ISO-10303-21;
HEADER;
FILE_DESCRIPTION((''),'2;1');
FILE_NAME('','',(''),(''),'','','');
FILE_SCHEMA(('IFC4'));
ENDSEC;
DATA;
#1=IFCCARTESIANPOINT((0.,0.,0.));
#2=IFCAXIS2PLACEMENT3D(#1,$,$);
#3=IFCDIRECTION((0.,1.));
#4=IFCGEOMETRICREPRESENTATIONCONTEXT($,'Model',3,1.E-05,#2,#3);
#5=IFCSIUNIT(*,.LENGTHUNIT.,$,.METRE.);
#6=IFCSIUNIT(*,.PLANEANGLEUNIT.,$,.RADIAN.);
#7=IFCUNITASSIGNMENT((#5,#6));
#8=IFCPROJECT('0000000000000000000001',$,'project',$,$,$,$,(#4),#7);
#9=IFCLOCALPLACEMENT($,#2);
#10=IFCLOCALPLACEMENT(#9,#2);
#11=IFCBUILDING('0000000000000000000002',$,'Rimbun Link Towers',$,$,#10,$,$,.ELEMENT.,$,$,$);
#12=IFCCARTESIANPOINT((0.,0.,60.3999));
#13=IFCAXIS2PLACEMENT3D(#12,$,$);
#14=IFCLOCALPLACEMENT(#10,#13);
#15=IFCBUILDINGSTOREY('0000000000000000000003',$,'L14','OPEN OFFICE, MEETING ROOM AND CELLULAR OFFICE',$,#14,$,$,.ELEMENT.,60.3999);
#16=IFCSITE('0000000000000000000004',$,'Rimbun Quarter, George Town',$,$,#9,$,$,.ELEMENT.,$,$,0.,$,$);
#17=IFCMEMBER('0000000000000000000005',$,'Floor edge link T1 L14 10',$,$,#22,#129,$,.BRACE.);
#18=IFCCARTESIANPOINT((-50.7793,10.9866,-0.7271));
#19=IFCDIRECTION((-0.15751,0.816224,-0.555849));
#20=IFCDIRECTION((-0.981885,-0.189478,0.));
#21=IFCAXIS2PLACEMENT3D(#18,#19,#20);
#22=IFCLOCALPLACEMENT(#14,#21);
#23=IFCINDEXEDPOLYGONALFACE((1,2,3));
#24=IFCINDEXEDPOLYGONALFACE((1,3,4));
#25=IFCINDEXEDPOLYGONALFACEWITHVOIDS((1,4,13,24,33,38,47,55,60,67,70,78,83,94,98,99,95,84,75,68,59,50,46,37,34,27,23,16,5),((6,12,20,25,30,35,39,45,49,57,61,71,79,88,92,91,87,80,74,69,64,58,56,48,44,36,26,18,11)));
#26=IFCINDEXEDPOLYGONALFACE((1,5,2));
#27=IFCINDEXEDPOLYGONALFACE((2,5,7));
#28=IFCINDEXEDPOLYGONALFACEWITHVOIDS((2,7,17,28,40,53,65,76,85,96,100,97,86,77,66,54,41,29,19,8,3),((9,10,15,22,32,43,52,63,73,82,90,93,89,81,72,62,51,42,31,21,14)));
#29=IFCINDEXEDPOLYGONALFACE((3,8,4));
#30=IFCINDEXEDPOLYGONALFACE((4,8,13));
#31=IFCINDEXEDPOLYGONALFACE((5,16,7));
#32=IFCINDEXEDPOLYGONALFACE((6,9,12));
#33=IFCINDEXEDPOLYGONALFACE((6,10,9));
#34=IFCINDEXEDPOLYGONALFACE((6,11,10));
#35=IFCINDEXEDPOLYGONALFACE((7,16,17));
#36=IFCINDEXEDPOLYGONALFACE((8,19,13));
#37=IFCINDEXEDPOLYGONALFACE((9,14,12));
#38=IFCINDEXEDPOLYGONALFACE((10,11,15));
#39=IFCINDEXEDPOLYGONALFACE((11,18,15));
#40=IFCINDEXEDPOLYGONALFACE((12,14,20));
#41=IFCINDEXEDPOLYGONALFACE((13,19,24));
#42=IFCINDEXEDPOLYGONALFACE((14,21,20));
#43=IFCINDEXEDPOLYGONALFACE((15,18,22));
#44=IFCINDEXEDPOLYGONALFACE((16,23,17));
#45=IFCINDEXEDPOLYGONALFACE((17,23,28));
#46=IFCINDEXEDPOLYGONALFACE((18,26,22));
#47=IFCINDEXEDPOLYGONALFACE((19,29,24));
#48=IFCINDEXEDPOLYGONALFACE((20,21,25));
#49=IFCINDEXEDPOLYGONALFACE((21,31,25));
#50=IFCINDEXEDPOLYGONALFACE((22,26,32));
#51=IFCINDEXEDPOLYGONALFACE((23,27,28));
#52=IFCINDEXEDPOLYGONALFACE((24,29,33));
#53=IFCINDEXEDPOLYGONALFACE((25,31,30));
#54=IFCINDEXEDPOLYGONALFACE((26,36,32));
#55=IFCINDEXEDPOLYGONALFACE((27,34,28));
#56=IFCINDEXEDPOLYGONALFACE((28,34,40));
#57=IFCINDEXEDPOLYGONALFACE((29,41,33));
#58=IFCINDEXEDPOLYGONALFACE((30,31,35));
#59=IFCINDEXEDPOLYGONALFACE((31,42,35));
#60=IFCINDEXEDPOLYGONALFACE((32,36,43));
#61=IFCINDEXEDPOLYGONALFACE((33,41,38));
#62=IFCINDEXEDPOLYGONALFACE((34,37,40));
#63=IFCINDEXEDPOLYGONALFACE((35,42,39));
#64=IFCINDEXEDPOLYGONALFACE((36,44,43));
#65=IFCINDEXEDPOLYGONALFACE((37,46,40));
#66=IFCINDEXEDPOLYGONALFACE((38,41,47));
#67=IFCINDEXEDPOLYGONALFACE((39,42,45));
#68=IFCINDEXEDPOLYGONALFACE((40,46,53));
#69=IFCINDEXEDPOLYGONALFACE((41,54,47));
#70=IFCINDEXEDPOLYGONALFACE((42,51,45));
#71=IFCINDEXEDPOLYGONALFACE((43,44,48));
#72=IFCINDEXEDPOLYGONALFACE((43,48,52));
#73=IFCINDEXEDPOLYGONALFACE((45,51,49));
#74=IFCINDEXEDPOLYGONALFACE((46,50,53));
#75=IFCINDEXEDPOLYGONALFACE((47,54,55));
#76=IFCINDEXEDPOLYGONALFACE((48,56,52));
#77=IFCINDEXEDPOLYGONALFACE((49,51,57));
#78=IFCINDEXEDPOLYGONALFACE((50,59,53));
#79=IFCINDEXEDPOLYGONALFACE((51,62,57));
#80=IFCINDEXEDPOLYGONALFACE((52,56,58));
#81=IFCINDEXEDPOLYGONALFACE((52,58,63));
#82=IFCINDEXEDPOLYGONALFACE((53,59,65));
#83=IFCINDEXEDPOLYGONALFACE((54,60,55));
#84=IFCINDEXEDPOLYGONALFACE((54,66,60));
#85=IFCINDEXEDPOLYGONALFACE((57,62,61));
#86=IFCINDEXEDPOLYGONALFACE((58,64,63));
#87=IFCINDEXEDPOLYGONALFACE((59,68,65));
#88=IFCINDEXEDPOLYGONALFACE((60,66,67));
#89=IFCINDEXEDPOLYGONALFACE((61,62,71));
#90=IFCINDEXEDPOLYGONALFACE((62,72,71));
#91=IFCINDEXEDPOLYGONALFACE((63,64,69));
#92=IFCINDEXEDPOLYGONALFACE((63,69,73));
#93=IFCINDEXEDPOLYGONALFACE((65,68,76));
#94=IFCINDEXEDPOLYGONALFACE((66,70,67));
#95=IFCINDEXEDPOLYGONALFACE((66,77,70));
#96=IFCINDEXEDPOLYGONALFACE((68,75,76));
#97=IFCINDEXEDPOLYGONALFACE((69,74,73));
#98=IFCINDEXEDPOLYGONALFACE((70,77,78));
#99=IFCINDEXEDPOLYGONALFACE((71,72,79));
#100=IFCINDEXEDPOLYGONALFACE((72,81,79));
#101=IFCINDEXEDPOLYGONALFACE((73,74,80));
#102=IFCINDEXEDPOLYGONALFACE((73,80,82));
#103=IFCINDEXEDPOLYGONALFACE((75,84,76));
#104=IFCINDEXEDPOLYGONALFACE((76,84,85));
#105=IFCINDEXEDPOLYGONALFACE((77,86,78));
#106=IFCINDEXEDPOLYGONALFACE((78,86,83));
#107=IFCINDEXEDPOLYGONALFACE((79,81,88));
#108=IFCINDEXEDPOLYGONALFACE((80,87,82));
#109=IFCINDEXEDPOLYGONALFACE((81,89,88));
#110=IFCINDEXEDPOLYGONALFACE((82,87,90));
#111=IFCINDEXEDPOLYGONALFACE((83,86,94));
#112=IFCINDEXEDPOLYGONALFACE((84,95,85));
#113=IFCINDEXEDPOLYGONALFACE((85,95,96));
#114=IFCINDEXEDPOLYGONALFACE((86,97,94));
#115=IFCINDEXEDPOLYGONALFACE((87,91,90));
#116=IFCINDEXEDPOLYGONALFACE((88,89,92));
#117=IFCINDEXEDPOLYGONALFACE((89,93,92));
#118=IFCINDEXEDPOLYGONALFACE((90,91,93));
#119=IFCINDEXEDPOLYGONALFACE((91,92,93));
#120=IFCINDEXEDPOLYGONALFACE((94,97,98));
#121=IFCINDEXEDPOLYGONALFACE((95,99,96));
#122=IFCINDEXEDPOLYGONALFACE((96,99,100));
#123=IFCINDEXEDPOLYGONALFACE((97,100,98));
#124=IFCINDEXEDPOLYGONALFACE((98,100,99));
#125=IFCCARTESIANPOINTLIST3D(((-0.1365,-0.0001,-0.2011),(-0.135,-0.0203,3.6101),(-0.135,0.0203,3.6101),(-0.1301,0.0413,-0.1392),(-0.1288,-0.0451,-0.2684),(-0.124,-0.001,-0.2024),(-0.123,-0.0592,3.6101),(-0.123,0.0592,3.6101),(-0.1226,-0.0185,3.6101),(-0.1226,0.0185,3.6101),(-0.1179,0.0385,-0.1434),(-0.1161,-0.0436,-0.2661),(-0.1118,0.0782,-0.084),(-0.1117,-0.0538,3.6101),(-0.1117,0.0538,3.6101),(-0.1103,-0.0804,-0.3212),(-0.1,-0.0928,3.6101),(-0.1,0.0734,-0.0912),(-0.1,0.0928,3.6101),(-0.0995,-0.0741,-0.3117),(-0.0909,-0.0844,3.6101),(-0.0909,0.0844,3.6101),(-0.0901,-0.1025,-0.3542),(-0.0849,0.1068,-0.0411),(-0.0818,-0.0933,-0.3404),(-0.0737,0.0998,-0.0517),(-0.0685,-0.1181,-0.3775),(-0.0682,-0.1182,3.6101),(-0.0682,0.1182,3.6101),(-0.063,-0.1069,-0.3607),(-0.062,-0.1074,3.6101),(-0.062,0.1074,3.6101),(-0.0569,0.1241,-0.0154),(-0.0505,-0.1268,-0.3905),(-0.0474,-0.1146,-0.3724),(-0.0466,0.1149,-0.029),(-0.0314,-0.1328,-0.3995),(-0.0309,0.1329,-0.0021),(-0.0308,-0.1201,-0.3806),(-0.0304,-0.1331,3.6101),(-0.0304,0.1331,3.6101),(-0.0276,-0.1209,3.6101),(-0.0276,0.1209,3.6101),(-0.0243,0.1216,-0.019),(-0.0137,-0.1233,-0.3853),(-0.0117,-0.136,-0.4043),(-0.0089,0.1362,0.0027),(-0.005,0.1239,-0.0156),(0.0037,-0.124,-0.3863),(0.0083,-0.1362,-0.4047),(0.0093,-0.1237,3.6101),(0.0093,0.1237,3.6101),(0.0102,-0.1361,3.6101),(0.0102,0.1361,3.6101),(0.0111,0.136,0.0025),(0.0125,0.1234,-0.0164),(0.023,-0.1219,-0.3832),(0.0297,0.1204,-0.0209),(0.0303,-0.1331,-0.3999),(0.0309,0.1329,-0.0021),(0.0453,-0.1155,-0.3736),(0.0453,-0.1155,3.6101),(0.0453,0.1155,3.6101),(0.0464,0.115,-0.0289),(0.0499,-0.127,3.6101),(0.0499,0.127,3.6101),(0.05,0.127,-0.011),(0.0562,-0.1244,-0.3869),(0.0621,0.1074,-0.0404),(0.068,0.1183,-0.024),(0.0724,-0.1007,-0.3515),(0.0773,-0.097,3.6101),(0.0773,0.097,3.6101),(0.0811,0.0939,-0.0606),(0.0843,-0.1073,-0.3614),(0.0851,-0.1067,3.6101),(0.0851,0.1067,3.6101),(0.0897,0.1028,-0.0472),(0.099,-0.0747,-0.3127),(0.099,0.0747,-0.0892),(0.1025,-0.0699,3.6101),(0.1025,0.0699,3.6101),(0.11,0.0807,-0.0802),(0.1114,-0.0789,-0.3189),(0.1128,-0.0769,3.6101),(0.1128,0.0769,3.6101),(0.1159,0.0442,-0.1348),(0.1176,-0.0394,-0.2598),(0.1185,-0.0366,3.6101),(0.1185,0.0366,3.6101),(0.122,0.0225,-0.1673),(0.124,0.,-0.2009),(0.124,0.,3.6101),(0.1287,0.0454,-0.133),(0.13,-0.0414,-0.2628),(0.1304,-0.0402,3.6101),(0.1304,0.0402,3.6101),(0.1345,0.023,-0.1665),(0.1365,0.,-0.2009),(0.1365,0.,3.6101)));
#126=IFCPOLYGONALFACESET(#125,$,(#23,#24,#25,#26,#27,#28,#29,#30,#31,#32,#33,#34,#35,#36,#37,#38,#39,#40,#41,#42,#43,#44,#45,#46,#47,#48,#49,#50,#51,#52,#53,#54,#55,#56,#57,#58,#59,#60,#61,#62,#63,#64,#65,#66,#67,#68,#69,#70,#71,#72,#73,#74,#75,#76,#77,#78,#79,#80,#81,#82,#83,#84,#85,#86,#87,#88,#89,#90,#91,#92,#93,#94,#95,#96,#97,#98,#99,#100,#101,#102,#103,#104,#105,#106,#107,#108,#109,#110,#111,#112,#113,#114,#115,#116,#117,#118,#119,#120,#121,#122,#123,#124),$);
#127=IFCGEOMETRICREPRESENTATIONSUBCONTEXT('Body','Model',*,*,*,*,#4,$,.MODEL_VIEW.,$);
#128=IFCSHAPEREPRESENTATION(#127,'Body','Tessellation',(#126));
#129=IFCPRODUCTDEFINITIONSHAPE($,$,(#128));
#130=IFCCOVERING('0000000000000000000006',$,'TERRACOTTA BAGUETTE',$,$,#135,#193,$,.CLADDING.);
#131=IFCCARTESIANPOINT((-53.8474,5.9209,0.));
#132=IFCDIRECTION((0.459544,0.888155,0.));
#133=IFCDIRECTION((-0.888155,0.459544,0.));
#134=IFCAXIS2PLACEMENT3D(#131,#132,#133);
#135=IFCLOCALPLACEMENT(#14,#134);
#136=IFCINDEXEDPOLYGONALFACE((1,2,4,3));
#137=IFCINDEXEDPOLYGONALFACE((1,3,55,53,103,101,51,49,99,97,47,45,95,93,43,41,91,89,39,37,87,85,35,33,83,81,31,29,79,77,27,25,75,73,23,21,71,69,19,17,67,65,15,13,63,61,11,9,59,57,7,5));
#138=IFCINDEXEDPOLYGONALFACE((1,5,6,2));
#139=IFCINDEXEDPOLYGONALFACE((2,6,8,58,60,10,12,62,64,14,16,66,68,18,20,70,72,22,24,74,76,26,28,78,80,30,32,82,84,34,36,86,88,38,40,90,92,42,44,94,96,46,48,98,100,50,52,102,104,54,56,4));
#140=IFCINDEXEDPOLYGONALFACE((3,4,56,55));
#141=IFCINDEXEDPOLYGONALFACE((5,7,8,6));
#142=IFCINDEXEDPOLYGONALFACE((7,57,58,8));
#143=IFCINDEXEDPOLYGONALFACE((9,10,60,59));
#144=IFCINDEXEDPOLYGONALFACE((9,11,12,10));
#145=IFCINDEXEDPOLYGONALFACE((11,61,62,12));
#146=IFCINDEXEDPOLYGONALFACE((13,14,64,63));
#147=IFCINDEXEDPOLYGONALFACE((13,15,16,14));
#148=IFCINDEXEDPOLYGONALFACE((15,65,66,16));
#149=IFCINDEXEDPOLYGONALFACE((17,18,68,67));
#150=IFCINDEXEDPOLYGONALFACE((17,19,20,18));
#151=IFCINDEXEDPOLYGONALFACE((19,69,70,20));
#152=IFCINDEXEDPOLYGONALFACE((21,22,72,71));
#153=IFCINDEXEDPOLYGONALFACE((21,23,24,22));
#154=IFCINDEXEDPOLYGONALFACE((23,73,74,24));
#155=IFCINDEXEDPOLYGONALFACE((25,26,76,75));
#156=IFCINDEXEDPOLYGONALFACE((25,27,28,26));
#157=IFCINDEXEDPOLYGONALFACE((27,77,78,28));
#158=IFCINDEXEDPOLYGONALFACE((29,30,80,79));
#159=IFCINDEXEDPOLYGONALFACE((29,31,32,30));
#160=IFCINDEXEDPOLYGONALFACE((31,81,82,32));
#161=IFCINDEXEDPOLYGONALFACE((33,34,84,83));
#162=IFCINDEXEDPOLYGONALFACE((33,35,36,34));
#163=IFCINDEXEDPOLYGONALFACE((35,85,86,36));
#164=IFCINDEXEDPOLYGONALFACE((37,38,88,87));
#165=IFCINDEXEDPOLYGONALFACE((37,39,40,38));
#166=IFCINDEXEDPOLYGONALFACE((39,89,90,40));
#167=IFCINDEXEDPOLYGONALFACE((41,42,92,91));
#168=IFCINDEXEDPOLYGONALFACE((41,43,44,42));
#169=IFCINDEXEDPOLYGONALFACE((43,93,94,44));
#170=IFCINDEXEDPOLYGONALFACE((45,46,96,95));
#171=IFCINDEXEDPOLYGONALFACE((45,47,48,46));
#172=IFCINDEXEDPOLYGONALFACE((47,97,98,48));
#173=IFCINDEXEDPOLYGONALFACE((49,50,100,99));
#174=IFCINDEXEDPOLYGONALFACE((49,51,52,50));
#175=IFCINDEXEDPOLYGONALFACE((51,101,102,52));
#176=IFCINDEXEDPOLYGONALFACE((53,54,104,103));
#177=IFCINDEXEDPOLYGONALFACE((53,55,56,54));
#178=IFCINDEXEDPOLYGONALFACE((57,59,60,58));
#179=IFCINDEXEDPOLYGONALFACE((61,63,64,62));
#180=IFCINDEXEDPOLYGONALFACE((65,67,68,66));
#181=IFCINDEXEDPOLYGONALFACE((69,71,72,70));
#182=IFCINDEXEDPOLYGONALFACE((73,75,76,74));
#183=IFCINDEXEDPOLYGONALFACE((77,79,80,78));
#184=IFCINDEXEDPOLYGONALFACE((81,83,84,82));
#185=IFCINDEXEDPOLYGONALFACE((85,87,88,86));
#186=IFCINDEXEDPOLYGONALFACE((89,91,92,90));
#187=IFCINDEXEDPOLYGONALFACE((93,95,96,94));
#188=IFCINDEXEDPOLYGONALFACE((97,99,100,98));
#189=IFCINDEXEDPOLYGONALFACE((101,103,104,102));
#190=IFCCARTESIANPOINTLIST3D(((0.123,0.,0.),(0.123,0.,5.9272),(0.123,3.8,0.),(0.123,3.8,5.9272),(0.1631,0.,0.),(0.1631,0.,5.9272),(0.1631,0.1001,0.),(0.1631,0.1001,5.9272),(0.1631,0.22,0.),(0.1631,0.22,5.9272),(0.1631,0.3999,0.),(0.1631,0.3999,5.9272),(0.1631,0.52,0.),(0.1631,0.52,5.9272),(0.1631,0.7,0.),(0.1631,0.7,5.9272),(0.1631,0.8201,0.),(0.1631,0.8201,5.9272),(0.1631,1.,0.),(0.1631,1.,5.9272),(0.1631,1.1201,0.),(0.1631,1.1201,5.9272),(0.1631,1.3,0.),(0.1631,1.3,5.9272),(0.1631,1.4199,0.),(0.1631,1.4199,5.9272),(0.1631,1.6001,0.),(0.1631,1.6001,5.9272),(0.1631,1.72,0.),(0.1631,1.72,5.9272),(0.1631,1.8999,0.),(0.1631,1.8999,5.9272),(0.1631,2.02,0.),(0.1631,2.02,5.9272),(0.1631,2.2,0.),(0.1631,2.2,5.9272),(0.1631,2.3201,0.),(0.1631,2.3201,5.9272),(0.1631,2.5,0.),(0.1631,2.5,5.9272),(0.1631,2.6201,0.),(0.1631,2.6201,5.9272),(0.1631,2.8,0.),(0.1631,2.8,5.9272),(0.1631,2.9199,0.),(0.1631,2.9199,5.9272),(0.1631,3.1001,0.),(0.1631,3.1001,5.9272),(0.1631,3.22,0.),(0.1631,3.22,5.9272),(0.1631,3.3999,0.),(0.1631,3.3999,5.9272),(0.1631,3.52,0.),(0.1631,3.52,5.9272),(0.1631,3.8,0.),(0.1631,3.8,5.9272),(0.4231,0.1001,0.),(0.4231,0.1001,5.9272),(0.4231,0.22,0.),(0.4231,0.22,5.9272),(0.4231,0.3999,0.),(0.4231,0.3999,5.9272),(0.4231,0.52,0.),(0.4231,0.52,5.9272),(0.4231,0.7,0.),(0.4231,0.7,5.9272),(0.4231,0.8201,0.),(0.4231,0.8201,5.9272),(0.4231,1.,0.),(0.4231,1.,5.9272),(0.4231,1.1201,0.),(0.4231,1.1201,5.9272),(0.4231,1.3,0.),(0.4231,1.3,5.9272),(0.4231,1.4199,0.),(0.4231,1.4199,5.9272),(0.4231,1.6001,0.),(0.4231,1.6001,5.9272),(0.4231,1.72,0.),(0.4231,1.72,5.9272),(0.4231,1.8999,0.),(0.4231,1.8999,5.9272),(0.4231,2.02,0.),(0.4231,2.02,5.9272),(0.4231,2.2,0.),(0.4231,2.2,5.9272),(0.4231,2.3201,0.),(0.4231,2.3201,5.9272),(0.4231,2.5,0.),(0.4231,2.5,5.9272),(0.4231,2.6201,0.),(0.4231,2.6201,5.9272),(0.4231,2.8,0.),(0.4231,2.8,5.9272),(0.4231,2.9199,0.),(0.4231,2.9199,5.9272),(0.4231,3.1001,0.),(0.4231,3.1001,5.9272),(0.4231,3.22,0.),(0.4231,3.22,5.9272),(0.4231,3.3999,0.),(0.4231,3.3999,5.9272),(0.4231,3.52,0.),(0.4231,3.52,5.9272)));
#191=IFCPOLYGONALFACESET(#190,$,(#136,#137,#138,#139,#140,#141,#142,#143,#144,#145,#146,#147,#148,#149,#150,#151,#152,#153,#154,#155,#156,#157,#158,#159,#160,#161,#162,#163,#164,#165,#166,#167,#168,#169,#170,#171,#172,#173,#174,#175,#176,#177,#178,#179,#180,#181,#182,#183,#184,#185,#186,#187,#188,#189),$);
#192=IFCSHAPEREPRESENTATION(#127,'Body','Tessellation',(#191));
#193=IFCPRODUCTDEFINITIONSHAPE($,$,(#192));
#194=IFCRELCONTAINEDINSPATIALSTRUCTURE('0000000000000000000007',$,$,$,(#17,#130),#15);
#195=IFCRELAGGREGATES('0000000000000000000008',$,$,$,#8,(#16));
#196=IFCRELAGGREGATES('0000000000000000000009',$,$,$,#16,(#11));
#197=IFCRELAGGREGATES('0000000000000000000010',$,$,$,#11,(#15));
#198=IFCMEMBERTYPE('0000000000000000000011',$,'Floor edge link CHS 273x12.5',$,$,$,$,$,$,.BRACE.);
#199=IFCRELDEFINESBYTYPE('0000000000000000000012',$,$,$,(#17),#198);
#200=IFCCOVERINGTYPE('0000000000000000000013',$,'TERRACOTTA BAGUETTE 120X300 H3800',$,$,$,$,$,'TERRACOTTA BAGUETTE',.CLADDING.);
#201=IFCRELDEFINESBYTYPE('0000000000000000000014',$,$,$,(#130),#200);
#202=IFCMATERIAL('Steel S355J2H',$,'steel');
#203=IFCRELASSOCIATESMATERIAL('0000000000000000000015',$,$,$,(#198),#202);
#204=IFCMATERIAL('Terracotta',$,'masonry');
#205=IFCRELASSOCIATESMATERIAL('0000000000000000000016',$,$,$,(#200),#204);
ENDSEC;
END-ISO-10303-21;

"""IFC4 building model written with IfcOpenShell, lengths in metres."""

from ifc_helpers import new_model, si_unit, direction, frame, origin, origin_2d, place, context, subcontext, project, spatial, polyline, hollow_circle, outline, extrude, clip, halfspace, material, material_profile, profile_set, type_object, element, save


model = new_model("IFC4")

# Units and contexts
model_context = context("Model", 3, precision=1e-05, world=origin(), true_north=direction((0.0, 1.0)))
body_context = subcontext(model_context, "Body", "Model", "MODEL_VIEW")
ifc_project = project(units=[si_unit("LENGTHUNIT", "METRE"), si_unit("PLANEANGLEUNIT", "RADIAN")], contexts=[model_context])

# Site, building, storey
site_placement = place(None, origin())
site = spatial("IfcSite", under=ifc_project, at=site_placement, Name="Rimbun Quarter, George Town", CompositionType="ELEMENT", RefElevation=0.0)
building_placement = place(site_placement, origin())
building = spatial("IfcBuilding", under=site, at=building_placement, Name="Rimbun Link Towers", CompositionType="ELEMENT")
storey_placement = place(building_placement, frame((0.0, 0.0, 60.3999)))
storey = spatial("IfcBuildingStorey", under=building, at=storey_placement, Name="L14", Description="OPEN OFFICE, MEETING ROOM AND CELLULAR OFFICE", CompositionType="ELEMENT", Elevation=60.3999)

# Member
ifc_material_1 = material(Name="Steel S355J2H", Category="steel")
ifc_material_profile_1 = material_profile(ifc_material_1, hollow_circle(Radius=0.1365, WallThickness=0.0125, at=origin_2d()), Name="CHS 273x12.5")
ifc_profile_set_1 = profile_set([ifc_material_profile_1], Name="Steel S355J2H")
member_type_1 = type_object("IfcMemberType", Name="Floor edge link CHS 273x12.5", PredefinedType="BRACE", material=ifc_profile_set_1)
member_1_placement = place(storey_placement, frame((-50.7793, 10.9866, -0.7271), z_axis=(-0.15751, 0.816224, -0.555849), x_axis=(-0.981885, -0.189478, 0.0)))
element("IfcMember", 1, at=member_1_placement, inside=storey, type_object=member_type_1, Name="Floor edge link T1 L14 10", PredefinedType="BRACE", context=body_context, shape_type="Clipping", body=[
    clip(extrude(hollow_circle(Radius=0.1365, WallThickness=0.0125, at=origin_2d()), frame((0.0, 0.0, -0.4263)), (0.0, 0.0, 1.0), 4.0364), halfspace(frame((0.0, 0.0, -0.2009), z_axis=(0.0, 0.831283, -0.555849)), False)),
])

# Covering
ifc_material_2 = material(Name="Terracotta", Category="masonry")
ifc_material_profile_2 = material_profile(ifc_material_2, outline(polyline([(0.123, 0.0), (0.1631, 0.0), (0.1631, 0.1001), (0.4231, 0.1001), (0.4231, 0.22), (0.1631, 0.22), (0.1631, 0.3999), (0.4231, 0.3999), (0.4231, 0.52), (0.1631, 0.52), (0.1631, 0.7), (0.4231, 0.7), (0.4231, 0.8201), (0.1631, 0.8201), (0.1631, 1.0), (0.4231, 1.0), (0.4231, 1.1201), (0.1631, 1.1201), (0.1631, 1.3), (0.4231, 1.3), (0.4231, 1.4199), (0.1631, 1.4199), (0.1631, 1.6001), (0.4231, 1.6001), (0.4231, 1.72), (0.1631, 1.72), (0.1631, 1.8999), (0.4231, 1.8999), (0.4231, 2.02), (0.1631, 2.02), (0.1631, 2.2), (0.4231, 2.2), (0.4231, 2.3201), (0.1631, 2.3201), (0.1631, 2.5), (0.4231, 2.5), (0.4231, 2.6201), (0.1631, 2.6201), (0.1631, 2.8), (0.4231, 2.8), (0.4231, 2.9199), (0.1631, 2.9199), (0.1631, 3.1001), (0.4231, 3.1001), (0.4231, 3.22), (0.1631, 3.22), (0.1631, 3.3999), (0.4231, 3.3999), (0.4231, 3.52), (0.1631, 3.52), (0.1631, 3.8), (0.123, 3.8), (0.123, 0.0)])), Name="BAGUETTE 120X300")
ifc_profile_set_2 = profile_set([ifc_material_profile_2], Name="Terracotta")
covering_type = type_object("IfcCoveringType", Name="TERRACOTTA BAGUETTE 120X300 H3800", ElementType="TERRACOTTA BAGUETTE", PredefinedType="CLADDING", material=ifc_profile_set_2)
covering_placement = place(storey_placement, frame((-53.8474, 5.9209, 0.0), z_axis=(0.459544, 0.888155, 0.0), x_axis=(-0.888155, 0.459544, 0.0)))
element("IfcCovering", 2, at=covering_placement, inside=storey, type_object=covering_type, Name="TERRACOTTA BAGUETTE", PredefinedType="CLADDING", context=body_context, shape_type="SweptSolid", body=[
    extrude(outline(polyline([(0.123, 0.0), (0.1631, 0.0), (0.1631, 0.1001), (0.4231, 0.1001), (0.4231, 0.22), (0.1631, 0.22), (0.1631, 0.3999), (0.4231, 0.3999), (0.4231, 0.52), (0.1631, 0.52), (0.1631, 0.7), (0.4231, 0.7), (0.4231, 0.8201), (0.1631, 0.8201), (0.1631, 1.0), (0.4231, 1.0), (0.4231, 1.1201), (0.1631, 1.1201), (0.1631, 1.3), (0.4231, 1.3), (0.4231, 1.4199), (0.1631, 1.4199), (0.1631, 1.6001), (0.4231, 1.6001), (0.4231, 1.72), (0.1631, 1.72), (0.1631, 1.8999), (0.4231, 1.8999), (0.4231, 2.02), (0.1631, 2.02), (0.1631, 2.2), (0.4231, 2.2), (0.4231, 2.3201), (0.1631, 2.3201), (0.1631, 2.5), (0.4231, 2.5), (0.4231, 2.6201), (0.1631, 2.6201), (0.1631, 2.8), (0.4231, 2.8), (0.4231, 2.9199), (0.1631, 2.9199), (0.1631, 3.1001), (0.4231, 3.1001), (0.4231, 3.22), (0.1631, 3.22), (0.1631, 3.3999), (0.4231, 3.3999), (0.4231, 3.52), (0.1631, 3.52), (0.1631, 3.8), (0.123, 3.8), (0.123, 0.0)])), origin(), (0.0, 0.0, 1.0), 5.9272),
])

save(model, "model.ifc")
